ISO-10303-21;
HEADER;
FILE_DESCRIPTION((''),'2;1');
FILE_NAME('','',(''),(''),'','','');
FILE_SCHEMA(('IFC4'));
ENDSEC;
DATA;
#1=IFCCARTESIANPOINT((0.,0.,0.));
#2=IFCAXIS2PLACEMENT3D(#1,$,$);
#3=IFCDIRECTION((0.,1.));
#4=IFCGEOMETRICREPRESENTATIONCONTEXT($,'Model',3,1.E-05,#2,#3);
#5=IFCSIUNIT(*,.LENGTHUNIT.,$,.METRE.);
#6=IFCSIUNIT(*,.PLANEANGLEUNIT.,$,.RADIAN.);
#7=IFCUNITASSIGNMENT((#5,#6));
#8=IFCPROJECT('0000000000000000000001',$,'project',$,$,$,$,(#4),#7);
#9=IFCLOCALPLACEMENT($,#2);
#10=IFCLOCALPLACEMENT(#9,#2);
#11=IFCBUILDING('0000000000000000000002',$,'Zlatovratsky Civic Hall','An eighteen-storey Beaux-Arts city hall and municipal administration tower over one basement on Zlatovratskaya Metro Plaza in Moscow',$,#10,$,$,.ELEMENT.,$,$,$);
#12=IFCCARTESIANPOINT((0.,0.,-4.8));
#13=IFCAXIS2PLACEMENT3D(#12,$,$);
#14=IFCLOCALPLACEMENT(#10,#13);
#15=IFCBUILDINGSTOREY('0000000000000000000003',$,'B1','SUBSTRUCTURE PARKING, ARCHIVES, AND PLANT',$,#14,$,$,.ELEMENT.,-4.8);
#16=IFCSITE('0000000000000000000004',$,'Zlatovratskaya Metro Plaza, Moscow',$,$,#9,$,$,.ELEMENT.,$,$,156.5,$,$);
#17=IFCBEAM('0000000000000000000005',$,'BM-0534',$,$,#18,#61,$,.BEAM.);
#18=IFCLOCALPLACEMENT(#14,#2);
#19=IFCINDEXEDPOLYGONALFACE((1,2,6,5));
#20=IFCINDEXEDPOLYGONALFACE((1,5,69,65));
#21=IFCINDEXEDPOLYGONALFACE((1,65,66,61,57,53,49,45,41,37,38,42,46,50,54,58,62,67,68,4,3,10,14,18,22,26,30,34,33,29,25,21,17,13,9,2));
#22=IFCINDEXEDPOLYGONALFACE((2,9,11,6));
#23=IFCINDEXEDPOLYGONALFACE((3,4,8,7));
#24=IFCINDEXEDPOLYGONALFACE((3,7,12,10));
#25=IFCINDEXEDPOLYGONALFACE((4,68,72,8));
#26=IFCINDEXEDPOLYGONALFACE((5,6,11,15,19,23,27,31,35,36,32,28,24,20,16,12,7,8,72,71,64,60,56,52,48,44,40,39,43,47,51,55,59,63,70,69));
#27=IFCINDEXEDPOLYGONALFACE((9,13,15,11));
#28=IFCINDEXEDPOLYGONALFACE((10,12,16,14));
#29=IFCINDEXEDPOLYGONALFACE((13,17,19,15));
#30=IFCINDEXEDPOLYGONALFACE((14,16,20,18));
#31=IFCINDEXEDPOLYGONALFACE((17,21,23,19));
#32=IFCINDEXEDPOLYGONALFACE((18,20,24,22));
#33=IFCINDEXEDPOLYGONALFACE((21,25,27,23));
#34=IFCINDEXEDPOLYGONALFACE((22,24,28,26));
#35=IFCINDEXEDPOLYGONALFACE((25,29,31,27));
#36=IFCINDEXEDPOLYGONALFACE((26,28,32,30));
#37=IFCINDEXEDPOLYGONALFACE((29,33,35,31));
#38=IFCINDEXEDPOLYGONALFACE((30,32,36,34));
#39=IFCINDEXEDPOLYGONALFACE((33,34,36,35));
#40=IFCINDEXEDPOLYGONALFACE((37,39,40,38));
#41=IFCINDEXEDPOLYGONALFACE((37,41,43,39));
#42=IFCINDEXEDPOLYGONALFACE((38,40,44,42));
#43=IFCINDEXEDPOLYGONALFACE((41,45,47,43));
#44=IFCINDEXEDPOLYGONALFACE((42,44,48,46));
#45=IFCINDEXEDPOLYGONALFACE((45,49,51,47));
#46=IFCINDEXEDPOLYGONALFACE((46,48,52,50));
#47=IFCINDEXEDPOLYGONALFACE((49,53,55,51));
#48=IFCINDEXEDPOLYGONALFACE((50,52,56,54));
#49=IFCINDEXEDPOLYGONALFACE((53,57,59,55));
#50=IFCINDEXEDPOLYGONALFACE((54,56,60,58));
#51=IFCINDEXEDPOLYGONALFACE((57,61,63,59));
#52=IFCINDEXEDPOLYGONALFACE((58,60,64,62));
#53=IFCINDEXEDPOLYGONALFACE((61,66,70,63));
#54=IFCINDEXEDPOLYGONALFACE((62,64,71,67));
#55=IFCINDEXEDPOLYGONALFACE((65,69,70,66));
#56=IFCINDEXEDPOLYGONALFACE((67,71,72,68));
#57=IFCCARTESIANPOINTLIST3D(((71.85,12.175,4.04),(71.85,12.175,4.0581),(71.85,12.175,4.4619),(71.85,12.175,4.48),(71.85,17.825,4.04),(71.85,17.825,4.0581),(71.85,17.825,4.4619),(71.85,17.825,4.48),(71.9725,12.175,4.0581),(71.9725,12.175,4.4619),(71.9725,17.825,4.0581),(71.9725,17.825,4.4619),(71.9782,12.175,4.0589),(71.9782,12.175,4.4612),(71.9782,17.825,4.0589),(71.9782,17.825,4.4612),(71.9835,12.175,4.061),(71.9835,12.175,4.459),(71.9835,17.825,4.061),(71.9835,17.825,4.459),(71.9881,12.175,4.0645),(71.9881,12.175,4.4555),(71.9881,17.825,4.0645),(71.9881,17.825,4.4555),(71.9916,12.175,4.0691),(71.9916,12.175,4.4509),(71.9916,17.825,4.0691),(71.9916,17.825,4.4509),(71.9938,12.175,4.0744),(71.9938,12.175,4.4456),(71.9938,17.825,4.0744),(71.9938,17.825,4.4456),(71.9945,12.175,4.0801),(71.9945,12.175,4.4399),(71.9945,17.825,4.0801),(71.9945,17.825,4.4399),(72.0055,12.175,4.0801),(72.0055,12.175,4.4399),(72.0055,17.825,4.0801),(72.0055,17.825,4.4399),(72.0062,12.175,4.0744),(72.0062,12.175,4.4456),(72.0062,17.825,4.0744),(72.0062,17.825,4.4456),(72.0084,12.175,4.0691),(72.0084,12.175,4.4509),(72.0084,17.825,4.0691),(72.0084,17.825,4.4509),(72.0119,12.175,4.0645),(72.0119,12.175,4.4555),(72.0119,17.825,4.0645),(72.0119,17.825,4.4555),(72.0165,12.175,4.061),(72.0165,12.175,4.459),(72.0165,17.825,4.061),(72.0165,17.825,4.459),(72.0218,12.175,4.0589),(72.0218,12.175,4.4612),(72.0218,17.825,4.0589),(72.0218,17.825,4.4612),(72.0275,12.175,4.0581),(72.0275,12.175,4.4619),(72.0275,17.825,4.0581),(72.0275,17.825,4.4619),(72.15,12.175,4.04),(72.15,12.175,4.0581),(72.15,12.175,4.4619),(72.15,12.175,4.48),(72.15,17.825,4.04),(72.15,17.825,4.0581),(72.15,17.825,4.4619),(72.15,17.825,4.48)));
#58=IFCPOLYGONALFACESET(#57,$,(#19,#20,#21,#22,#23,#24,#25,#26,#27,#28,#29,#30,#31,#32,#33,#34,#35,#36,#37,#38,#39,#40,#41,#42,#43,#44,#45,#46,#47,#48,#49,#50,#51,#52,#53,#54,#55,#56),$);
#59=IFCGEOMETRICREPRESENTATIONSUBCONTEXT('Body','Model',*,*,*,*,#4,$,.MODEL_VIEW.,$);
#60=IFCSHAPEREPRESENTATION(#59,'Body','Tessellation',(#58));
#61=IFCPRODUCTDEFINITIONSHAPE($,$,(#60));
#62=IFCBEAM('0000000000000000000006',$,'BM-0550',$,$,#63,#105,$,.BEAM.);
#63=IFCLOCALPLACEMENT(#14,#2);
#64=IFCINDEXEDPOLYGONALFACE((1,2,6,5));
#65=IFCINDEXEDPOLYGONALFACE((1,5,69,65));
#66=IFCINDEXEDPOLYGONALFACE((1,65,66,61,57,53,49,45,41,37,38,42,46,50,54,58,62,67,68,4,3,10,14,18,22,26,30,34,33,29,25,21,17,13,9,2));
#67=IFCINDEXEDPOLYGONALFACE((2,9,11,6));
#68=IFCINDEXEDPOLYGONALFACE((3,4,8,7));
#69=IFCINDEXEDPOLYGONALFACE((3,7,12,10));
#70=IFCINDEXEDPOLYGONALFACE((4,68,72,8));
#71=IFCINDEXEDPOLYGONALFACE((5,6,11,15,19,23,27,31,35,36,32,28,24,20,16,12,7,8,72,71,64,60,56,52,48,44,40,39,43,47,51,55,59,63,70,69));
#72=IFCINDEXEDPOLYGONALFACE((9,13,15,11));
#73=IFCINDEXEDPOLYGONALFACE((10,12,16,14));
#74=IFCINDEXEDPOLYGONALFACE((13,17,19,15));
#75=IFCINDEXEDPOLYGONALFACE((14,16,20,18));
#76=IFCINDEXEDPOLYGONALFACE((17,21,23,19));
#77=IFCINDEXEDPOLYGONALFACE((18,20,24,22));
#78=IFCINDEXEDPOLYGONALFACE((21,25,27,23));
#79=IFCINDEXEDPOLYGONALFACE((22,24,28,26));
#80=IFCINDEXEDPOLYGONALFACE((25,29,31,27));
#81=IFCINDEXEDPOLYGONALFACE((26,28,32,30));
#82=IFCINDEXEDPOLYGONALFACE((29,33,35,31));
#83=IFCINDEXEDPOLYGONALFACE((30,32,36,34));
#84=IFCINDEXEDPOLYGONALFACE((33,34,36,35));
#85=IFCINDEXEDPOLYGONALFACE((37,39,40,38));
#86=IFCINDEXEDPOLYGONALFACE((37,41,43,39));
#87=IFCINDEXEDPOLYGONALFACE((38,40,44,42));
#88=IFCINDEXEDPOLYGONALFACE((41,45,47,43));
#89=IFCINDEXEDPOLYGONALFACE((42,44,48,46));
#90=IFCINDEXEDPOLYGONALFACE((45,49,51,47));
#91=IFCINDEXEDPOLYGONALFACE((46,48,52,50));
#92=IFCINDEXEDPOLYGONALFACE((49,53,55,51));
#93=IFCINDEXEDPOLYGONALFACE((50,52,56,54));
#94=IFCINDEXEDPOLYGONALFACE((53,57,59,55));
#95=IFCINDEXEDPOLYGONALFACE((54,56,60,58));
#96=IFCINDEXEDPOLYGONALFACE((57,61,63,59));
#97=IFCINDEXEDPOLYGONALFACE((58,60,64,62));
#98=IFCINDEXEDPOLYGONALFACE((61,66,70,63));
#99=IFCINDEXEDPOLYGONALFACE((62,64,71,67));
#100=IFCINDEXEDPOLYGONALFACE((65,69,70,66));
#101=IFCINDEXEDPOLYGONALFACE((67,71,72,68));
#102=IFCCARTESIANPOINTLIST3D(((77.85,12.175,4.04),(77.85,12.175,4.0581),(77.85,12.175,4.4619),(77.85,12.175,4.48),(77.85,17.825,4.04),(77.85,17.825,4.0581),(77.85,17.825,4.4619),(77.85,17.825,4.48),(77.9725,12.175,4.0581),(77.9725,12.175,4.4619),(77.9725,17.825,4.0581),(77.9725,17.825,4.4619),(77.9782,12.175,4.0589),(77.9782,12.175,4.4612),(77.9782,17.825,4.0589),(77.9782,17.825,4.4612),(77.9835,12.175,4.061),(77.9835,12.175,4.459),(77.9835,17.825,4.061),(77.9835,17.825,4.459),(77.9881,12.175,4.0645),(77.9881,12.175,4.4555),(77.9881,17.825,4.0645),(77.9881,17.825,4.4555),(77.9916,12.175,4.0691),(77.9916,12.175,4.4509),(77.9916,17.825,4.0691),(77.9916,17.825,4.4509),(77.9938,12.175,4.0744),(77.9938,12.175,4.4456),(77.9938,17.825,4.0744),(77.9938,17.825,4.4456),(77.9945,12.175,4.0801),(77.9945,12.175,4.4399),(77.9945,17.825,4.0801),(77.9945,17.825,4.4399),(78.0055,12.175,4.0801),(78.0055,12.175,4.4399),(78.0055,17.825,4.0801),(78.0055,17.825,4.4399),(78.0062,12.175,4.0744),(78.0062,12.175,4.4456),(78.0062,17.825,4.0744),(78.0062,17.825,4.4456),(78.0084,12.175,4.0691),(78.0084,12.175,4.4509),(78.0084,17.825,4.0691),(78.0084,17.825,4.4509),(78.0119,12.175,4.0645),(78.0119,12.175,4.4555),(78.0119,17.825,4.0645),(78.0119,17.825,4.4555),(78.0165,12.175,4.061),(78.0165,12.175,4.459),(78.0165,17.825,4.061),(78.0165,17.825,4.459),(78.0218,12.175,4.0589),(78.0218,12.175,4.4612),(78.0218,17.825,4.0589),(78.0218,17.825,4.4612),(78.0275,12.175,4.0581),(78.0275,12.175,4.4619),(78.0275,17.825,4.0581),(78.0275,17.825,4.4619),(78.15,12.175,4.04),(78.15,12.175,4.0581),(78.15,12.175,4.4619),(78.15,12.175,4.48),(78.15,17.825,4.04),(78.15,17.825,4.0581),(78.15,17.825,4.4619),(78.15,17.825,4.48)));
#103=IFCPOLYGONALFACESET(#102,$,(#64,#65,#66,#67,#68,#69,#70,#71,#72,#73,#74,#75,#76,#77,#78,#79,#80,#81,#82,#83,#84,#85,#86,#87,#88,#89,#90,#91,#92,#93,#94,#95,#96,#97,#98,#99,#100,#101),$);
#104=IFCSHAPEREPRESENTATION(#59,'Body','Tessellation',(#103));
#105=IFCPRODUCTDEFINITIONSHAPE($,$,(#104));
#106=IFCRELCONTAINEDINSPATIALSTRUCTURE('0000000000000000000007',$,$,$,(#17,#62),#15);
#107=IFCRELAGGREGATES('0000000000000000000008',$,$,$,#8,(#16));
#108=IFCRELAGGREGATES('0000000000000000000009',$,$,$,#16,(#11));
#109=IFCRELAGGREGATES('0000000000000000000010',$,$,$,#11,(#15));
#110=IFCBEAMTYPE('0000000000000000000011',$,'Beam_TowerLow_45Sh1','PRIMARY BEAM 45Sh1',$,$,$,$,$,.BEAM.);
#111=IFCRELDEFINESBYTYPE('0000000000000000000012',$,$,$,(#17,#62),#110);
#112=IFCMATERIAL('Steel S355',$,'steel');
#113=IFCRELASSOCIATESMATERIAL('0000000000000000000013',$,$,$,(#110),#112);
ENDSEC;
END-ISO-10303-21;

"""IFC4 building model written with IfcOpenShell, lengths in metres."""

from ifc_helpers import new_model, si_unit, direction, frame, origin, origin_2d, place, context, subcontext, project, spatial, i_section, extrude, material, material_profile, profile_set, type_object, element, save


model = new_model("IFC4")

# Units and contexts
model_context = context("Model", 3, precision=1e-05, world=origin(), true_north=direction((0.0, 1.0)))
body_context = subcontext(model_context, "Body", "Model", "MODEL_VIEW")
ifc_project = project(units=[si_unit("LENGTHUNIT", "METRE"), si_unit("PLANEANGLEUNIT", "RADIAN")], contexts=[model_context])

# Site, building, storey
site_placement = place(None, origin())
site = spatial("IfcSite", under=ifc_project, at=site_placement, Name="Zlatovratskaya Metro Plaza, Moscow", CompositionType="ELEMENT", RefElevation=156.5)
building_placement = place(site_placement, origin())
building = spatial("IfcBuilding", under=site, at=building_placement, Name="Zlatovratsky Civic Hall", Description="An eighteen-storey Beaux-Arts city hall and municipal administration tower over one basement on Zlatovratskaya Metro Plaza in Moscow", CompositionType="ELEMENT")
storey_placement = place(building_placement, frame((0.0, 0.0, -4.8)))
storey = spatial("IfcBuildingStorey", under=building, at=storey_placement, Name="B1", Description="SUBSTRUCTURE PARKING, ARCHIVES, AND PLANT", CompositionType="ELEMENT", Elevation=-4.8)

# Shared definitions
ifc_material_1 = material(Name="Steel S355", Category="steel")

# Beams
ifc_material_profile_1 = material_profile(ifc_material_1, i_section(OverallWidth=0.3, OverallDepth=0.4399, WebThickness=0.011, FlangeThickness=0.0181, FilletRadius=0.022, at=origin_2d()), Name="45Sh1")
ifc_profile_set_1 = profile_set([ifc_material_profile_1], Name="Steel S355")
beam_type_1 = type_object("IfcBeamType", Name="Beam_TowerLow_45Sh1", Description="PRIMARY BEAM 45Sh1", PredefinedType="BEAM", material=ifc_profile_set_1)
for number, where, z_axis, x_axis, name in (
    (1, (72.0, 12.175, 4.26), (0.0, 1.0, 0.0), (-1.0, 0.0, 0.0), "BM-0534"),
    (2, (78.0, 12.175, 4.26), (0.0, 1.0, 0.0), (-1.0, 0.0, 0.0), "BM-0550"),
):
    element("IfcBeam", number, at=place(storey_placement, frame(where, z_axis=z_axis, x_axis=x_axis)), inside=storey, type_object=beam_type_1, Name=name, PredefinedType="BEAM", context=body_context, shape_type="SweptSolid", body=[
        extrude(i_section(OverallWidth=0.3, OverallDepth=0.4399, WebThickness=0.011, FlangeThickness=0.0181, FilletRadius=0.022, at=origin_2d()), origin(), (0.0, 0.0, 1.0), 5.6499),
    ])

save(model, "model.ifc")
